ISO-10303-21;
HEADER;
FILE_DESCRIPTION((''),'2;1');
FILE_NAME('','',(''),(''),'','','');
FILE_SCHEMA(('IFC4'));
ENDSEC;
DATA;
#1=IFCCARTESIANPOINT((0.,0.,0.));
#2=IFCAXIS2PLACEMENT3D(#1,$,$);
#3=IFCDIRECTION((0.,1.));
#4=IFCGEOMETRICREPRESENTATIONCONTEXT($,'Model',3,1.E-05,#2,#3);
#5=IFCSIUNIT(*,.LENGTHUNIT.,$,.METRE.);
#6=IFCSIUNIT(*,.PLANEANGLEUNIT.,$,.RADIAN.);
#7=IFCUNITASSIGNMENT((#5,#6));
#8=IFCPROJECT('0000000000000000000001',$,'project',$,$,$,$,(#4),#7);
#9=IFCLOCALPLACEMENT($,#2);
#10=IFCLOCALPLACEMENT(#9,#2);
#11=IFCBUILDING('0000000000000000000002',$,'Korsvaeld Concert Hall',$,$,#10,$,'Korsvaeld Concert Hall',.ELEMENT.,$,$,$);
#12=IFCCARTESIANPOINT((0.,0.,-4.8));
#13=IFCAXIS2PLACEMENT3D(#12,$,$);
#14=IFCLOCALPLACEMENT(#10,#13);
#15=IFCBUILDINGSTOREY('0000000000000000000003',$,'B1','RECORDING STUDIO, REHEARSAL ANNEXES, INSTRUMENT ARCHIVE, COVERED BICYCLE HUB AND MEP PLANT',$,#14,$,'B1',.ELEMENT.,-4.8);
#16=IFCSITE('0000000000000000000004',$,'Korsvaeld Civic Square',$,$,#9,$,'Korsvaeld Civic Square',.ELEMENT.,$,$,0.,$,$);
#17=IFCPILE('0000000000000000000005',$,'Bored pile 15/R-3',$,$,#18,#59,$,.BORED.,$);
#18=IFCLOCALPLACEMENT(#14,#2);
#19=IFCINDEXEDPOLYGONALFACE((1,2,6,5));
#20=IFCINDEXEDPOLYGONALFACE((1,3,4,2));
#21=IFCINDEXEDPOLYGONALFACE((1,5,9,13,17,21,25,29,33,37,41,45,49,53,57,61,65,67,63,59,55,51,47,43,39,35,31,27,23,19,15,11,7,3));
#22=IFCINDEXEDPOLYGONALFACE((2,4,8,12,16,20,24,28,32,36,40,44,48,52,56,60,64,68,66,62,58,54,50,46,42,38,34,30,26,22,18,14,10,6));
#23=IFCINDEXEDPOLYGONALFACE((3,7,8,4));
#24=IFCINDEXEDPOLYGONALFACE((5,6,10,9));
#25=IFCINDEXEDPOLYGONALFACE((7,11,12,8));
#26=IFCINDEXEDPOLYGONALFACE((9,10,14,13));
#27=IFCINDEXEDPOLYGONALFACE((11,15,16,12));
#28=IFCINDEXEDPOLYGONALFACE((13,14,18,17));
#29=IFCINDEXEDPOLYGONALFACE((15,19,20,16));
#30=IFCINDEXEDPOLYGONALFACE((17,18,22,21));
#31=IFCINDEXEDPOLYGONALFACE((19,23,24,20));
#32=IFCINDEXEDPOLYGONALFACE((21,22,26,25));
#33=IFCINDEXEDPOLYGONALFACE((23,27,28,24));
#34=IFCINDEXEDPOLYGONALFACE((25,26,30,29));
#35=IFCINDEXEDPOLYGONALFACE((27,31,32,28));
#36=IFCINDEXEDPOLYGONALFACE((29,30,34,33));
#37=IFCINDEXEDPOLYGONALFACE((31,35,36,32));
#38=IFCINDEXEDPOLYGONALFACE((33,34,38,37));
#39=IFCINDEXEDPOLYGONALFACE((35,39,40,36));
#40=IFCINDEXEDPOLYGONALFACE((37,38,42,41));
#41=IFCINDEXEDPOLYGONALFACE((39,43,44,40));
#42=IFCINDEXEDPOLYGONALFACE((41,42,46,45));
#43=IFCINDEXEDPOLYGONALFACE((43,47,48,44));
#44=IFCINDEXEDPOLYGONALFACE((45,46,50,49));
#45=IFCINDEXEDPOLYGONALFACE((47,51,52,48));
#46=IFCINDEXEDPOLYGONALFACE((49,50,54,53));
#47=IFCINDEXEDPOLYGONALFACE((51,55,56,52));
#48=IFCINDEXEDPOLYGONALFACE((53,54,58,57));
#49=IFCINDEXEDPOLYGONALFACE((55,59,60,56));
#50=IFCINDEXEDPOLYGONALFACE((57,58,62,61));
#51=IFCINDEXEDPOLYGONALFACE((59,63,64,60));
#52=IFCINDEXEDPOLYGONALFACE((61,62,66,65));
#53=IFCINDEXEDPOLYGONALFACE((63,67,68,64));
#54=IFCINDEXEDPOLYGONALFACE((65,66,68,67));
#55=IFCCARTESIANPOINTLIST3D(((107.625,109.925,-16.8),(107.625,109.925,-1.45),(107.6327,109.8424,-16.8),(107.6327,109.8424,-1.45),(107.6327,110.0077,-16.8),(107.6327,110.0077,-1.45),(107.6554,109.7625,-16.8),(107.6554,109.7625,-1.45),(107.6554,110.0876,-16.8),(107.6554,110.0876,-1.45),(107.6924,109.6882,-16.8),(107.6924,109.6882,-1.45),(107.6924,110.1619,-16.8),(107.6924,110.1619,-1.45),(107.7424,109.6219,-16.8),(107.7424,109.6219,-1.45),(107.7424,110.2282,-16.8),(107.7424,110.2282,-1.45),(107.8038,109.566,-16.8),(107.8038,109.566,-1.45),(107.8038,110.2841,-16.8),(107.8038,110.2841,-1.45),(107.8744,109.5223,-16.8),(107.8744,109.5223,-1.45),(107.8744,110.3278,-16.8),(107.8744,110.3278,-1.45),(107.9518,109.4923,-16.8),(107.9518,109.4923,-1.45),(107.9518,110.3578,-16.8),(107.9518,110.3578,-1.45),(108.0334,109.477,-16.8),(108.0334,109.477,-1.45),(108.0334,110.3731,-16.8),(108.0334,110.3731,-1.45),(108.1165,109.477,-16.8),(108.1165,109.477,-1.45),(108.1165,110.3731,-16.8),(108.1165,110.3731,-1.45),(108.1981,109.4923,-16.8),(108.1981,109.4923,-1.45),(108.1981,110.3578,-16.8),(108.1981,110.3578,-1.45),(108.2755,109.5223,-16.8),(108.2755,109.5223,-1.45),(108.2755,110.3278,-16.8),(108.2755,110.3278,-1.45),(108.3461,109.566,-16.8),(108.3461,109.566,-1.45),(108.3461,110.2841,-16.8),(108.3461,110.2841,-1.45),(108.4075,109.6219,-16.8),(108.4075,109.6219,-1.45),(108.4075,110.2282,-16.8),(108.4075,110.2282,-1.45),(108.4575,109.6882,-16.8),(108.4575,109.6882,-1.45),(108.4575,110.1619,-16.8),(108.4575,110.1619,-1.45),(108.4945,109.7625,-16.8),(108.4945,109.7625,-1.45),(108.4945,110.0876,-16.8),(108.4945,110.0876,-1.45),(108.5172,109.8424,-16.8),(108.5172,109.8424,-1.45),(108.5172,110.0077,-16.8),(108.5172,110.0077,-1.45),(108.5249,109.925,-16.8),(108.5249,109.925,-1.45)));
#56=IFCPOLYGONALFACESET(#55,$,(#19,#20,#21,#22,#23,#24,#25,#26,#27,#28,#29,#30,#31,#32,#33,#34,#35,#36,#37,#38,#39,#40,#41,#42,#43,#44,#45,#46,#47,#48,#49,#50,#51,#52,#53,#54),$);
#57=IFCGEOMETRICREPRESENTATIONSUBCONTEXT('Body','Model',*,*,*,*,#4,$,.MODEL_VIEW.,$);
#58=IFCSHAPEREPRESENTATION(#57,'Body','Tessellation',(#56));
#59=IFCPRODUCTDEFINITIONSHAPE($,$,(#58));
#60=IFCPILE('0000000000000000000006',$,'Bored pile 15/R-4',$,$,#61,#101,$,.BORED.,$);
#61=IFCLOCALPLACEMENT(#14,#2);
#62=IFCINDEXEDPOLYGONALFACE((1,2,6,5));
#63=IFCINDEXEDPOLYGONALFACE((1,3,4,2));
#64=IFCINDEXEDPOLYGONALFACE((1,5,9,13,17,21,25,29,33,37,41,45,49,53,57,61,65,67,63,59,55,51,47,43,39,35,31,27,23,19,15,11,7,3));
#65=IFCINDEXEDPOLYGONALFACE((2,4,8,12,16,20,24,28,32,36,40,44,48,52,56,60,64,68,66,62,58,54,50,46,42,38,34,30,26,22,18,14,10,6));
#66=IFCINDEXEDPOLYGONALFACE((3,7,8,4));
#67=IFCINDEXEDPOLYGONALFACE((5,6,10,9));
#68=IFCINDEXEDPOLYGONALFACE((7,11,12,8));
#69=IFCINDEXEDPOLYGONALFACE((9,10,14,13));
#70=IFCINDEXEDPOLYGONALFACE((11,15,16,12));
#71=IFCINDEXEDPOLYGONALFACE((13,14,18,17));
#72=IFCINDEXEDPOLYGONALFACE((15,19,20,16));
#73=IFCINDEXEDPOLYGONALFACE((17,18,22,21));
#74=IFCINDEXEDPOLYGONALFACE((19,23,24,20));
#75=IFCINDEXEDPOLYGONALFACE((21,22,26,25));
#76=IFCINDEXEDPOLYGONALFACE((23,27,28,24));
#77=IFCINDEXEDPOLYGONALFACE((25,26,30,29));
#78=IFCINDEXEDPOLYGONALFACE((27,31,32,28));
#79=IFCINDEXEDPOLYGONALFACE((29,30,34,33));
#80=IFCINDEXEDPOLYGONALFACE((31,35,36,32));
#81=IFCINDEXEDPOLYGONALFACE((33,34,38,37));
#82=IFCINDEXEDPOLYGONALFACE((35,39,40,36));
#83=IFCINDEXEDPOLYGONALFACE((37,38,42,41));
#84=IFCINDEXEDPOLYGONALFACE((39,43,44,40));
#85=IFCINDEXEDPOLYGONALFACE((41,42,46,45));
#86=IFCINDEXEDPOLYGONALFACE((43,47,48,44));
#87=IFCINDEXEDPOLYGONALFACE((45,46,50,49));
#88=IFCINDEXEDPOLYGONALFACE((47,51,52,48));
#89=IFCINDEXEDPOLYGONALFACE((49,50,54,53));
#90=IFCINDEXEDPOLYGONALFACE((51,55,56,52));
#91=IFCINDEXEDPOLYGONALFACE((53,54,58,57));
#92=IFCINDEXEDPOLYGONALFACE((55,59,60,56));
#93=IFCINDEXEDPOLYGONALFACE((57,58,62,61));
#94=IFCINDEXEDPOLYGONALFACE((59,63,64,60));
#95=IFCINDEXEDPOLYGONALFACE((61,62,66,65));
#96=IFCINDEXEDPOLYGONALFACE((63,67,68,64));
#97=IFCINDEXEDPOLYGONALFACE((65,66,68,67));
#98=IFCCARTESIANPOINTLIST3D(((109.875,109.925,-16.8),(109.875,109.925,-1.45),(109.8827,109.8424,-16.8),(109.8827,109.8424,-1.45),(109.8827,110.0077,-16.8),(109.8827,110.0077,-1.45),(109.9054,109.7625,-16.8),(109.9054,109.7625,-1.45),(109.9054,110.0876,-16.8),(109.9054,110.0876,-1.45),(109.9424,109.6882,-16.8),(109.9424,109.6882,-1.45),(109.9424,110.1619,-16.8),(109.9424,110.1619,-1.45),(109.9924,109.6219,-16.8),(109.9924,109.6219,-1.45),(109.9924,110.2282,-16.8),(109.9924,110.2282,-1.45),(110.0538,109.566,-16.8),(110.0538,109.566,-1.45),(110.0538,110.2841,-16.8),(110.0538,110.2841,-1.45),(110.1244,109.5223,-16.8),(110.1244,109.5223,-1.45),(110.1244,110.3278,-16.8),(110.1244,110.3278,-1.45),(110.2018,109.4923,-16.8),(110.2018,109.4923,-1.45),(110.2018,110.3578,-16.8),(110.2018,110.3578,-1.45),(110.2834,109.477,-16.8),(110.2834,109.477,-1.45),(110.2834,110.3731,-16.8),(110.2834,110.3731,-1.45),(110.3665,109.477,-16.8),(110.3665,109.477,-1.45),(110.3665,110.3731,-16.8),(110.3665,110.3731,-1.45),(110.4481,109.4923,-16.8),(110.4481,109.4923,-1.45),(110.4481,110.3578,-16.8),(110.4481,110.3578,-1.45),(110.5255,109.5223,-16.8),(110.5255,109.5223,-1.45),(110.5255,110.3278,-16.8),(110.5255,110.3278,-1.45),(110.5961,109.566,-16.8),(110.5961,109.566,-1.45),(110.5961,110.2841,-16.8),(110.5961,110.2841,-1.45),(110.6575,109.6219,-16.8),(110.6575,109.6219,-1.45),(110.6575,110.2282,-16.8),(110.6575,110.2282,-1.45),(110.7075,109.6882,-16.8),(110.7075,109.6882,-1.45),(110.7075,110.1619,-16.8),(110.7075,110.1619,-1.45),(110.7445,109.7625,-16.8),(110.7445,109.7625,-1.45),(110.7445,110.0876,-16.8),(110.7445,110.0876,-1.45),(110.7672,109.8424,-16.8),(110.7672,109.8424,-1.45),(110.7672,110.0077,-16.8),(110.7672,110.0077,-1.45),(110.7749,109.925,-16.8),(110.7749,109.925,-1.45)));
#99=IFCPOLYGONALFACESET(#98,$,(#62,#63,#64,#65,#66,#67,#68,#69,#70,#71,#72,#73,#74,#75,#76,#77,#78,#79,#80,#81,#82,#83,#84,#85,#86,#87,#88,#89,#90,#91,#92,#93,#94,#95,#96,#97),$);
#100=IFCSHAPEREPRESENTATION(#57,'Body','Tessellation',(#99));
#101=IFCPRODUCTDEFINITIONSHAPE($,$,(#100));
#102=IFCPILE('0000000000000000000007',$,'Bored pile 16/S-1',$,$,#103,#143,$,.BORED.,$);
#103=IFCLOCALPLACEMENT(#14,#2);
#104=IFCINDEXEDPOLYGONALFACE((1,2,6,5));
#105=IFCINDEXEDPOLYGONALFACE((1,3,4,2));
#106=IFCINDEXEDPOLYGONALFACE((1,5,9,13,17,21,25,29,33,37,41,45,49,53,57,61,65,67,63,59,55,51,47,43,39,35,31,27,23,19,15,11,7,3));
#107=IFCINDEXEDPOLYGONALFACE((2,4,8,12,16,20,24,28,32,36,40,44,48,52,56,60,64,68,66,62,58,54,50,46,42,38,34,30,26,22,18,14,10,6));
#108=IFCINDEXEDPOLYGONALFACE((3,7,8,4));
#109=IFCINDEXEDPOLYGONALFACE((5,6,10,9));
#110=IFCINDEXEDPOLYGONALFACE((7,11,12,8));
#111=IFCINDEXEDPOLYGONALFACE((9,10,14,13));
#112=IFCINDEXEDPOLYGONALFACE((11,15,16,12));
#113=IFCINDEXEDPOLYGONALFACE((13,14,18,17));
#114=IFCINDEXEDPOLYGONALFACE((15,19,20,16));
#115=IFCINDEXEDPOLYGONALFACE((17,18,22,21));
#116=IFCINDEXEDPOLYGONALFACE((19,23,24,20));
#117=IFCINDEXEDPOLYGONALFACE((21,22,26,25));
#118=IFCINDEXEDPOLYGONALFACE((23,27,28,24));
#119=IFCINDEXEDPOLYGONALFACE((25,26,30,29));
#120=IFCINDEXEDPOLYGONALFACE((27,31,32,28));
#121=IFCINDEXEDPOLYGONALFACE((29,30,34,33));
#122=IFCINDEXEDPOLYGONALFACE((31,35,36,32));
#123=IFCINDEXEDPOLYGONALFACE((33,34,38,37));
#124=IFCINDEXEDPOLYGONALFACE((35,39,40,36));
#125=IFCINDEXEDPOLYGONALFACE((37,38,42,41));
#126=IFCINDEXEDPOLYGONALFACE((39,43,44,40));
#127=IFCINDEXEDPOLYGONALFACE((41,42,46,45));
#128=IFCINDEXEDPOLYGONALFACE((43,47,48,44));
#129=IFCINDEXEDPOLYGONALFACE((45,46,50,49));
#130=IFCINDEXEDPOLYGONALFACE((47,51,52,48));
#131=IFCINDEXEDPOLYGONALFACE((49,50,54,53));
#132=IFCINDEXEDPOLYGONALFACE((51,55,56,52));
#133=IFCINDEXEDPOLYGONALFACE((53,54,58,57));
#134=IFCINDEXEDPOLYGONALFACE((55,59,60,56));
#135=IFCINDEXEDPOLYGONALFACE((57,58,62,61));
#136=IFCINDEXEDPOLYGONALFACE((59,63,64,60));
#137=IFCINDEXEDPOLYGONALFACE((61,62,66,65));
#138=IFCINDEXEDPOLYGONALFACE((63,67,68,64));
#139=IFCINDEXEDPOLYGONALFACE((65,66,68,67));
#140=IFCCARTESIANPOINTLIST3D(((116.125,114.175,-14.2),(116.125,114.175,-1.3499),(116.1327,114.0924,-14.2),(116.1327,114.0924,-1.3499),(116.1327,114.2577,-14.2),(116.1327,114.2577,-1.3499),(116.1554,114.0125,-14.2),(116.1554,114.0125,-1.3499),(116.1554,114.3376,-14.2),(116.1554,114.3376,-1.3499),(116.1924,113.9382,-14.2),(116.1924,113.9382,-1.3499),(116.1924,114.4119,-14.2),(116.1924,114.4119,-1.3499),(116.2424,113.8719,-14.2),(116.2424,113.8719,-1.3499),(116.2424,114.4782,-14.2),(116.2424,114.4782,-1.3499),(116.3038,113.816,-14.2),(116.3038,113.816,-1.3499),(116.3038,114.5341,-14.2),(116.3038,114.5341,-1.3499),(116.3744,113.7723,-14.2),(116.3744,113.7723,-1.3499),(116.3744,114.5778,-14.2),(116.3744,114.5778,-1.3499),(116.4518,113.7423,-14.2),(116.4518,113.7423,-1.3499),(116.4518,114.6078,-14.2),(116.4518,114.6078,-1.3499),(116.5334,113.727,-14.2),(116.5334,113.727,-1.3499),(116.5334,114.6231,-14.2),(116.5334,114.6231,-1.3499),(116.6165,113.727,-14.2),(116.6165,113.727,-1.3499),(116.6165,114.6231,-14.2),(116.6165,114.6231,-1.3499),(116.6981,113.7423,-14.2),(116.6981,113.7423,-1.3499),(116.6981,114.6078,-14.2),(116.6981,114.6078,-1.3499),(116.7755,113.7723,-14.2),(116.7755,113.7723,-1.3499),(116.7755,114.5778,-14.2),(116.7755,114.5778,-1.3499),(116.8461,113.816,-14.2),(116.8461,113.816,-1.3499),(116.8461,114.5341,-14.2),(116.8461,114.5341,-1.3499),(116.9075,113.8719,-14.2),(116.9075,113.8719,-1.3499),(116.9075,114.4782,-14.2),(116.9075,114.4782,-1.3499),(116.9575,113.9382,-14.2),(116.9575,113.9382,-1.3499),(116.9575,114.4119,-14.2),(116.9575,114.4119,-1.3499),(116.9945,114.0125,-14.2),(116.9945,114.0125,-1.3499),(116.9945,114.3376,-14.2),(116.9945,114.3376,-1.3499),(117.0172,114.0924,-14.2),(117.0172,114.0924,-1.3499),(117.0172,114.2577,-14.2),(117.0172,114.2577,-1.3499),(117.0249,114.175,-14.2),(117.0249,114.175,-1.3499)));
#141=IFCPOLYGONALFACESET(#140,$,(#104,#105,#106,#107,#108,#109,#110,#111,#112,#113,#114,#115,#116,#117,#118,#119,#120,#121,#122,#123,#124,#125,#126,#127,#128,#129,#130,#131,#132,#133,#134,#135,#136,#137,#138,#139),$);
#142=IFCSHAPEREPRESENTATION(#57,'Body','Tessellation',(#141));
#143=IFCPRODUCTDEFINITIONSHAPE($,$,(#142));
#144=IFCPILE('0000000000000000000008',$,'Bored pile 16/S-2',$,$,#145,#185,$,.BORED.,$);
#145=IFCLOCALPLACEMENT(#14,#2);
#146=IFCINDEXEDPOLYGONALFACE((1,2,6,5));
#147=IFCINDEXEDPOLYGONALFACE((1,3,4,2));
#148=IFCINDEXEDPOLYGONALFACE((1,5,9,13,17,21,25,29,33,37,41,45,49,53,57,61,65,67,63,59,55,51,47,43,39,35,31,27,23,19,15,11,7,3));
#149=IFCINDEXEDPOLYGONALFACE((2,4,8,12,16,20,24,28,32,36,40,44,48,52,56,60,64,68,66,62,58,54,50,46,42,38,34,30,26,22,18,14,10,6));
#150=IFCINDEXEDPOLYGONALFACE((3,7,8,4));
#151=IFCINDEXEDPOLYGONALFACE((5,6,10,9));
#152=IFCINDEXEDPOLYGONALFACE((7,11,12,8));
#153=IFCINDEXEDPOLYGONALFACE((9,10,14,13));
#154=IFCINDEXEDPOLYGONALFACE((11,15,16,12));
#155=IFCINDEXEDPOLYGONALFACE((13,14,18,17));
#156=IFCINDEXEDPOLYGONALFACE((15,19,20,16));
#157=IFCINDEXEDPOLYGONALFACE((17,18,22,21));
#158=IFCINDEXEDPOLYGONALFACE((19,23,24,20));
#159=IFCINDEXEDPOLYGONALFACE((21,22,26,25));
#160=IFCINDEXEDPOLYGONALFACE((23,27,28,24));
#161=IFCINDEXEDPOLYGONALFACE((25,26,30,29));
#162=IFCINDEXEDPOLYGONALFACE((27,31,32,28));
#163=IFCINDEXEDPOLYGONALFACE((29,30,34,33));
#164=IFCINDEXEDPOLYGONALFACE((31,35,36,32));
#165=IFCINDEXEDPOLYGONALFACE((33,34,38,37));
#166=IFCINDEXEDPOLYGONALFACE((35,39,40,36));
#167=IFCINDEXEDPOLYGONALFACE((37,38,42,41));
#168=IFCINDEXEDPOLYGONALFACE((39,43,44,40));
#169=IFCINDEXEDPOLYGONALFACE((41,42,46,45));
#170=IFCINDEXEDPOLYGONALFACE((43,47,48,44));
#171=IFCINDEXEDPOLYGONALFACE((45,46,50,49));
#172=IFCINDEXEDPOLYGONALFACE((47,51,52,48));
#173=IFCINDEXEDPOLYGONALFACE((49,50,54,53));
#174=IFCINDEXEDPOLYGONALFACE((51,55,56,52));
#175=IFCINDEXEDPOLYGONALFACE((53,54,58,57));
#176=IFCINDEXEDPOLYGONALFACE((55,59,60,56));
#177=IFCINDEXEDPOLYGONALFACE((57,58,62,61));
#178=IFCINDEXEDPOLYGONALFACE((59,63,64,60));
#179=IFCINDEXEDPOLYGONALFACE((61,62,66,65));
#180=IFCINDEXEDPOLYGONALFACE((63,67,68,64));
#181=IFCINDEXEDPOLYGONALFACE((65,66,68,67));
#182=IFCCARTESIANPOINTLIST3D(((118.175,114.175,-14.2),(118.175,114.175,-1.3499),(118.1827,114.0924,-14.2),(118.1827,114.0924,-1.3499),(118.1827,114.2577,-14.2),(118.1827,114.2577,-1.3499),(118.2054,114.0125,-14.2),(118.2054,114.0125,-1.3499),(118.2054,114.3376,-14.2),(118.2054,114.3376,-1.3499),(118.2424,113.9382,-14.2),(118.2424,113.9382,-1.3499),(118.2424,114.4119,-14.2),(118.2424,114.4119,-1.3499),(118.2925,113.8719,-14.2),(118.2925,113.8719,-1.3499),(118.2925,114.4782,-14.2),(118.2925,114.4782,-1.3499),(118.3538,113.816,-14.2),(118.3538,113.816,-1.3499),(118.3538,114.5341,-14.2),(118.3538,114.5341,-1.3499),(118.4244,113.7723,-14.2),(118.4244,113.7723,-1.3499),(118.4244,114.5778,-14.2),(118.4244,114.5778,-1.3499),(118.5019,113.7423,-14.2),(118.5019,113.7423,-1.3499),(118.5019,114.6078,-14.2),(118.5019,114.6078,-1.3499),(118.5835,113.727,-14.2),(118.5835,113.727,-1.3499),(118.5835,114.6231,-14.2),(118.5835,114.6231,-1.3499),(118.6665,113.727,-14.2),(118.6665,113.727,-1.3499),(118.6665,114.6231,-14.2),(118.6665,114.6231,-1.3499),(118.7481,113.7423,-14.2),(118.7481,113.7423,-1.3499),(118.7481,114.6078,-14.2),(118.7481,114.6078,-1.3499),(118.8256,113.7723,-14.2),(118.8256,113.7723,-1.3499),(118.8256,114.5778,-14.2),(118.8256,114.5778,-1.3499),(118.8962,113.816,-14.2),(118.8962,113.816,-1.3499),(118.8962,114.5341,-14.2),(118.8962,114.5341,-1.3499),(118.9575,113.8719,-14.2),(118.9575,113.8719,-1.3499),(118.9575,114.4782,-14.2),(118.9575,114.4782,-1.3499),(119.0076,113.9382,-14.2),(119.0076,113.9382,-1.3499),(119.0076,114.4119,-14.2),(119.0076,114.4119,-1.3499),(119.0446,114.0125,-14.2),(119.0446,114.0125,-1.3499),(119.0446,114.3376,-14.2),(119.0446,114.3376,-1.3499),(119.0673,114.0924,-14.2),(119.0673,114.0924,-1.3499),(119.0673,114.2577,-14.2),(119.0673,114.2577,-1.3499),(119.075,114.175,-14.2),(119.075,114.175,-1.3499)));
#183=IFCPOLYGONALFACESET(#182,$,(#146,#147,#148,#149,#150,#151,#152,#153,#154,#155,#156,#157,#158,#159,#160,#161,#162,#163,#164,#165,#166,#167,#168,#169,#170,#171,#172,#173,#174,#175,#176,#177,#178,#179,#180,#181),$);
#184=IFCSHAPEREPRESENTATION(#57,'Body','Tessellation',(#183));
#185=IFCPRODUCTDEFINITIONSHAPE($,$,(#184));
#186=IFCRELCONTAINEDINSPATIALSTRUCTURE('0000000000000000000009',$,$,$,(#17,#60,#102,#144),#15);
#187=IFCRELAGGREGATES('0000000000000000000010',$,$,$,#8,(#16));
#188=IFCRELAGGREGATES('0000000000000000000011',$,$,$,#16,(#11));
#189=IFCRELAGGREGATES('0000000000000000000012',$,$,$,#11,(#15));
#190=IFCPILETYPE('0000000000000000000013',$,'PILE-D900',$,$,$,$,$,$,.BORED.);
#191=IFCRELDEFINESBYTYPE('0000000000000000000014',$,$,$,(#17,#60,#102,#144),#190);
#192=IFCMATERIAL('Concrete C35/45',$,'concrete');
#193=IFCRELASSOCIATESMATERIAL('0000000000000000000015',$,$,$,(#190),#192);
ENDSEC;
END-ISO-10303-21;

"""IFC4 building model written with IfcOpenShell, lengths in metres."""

from ifc_helpers import new_model, si_unit, direction, frame, origin, origin_2d, place, context, subcontext, project, spatial, circle, extrude, material, material_profile, profile_set, type_object, element, save


model = new_model("IFC4")

# Units and contexts
model_context = context("Model", 3, precision=1e-05, world=origin(), true_north=direction((0.0, 1.0)))
body_context = subcontext(model_context, "Body", "Model", "MODEL_VIEW")
ifc_project = project(units=[si_unit("LENGTHUNIT", "METRE"), si_unit("PLANEANGLEUNIT", "RADIAN")], contexts=[model_context])

# Site, building, storey
site_placement = place(None, origin())
site = spatial("IfcSite", under=ifc_project, at=site_placement, Name="Korsvaeld Civic Square", LongName="Korsvaeld Civic Square", CompositionType="ELEMENT", RefElevation=0.0)
building_placement = place(site_placement, origin())
building = spatial("IfcBuilding", under=site, at=building_placement, Name="Korsvaeld Concert Hall", LongName="Korsvaeld Concert Hall", CompositionType="ELEMENT")
storey_placement = place(building_placement, frame((0.0, 0.0, -4.8)))
storey = spatial("IfcBuildingStorey", under=building, at=storey_placement, Name="B1", Description="RECORDING STUDIO, REHEARSAL ANNEXES, INSTRUMENT ARCHIVE, COVERED BICYCLE HUB AND MEP PLANT", LongName="B1", CompositionType="ELEMENT", Elevation=-4.8)

# Shared definitions
ifc_material_1 = material(Name="Concrete C35/45", Category="concrete")

# Piles
ifc_material_profile_1 = material_profile(ifc_material_1, circle(Radius=0.45, at=origin_2d()), Name="BORED PILE D900")
ifc_profile_set_1 = profile_set([ifc_material_profile_1], Name="Concrete C35/45")
pile_type_1 = type_object("IfcPileType", Name="PILE-D900", PredefinedType="BORED", material=ifc_profile_set_1)
for number, where, z_axis, x_axis, name in (
    (1, (108.075, 109.925, -1.45), (0.0, 0.0, -1.0), (1.0, 0.0, 0.0), "Bored pile 15/R-3"),
    (2, (110.325, 109.925, -1.45), (0.0, 0.0, -1.0), (1.0, 0.0, 0.0), "Bored pile 15/R-4"),
):
    element("IfcPile", number, at=place(storey_placement, frame(where, z_axis=z_axis, x_axis=x_axis)), inside=storey, type_object=pile_type_1, Name=name, PredefinedType="BORED", context=body_context, shape_type="SweptSolid", body=[
        extrude(circle(Radius=0.45, at=origin_2d()), origin(), (0.0, 0.0, 1.0), 15.3501),
    ])
for number, where, z_axis, x_axis, name in (
    (3, (116.575, 114.175, -1.3499), (0.0, 0.0, -1.0), (1.0, 0.0, 0.0), "Bored pile 16/S-1"),
    (4, (118.625, 114.175, -1.3499), (0.0, 0.0, -1.0), (1.0, 0.0, 0.0), "Bored pile 16/S-2"),
):
    element("IfcPile", number, at=place(storey_placement, frame(where, z_axis=z_axis, x_axis=x_axis)), inside=storey, type_object=pile_type_1, Name=name, PredefinedType="BORED", context=body_context, shape_type="SweptSolid", body=[
        extrude(circle(Radius=0.45, at=origin_2d()), origin(), (0.0, 0.0, 1.0), 12.8501),
    ])

save(model, "model.ifc")
